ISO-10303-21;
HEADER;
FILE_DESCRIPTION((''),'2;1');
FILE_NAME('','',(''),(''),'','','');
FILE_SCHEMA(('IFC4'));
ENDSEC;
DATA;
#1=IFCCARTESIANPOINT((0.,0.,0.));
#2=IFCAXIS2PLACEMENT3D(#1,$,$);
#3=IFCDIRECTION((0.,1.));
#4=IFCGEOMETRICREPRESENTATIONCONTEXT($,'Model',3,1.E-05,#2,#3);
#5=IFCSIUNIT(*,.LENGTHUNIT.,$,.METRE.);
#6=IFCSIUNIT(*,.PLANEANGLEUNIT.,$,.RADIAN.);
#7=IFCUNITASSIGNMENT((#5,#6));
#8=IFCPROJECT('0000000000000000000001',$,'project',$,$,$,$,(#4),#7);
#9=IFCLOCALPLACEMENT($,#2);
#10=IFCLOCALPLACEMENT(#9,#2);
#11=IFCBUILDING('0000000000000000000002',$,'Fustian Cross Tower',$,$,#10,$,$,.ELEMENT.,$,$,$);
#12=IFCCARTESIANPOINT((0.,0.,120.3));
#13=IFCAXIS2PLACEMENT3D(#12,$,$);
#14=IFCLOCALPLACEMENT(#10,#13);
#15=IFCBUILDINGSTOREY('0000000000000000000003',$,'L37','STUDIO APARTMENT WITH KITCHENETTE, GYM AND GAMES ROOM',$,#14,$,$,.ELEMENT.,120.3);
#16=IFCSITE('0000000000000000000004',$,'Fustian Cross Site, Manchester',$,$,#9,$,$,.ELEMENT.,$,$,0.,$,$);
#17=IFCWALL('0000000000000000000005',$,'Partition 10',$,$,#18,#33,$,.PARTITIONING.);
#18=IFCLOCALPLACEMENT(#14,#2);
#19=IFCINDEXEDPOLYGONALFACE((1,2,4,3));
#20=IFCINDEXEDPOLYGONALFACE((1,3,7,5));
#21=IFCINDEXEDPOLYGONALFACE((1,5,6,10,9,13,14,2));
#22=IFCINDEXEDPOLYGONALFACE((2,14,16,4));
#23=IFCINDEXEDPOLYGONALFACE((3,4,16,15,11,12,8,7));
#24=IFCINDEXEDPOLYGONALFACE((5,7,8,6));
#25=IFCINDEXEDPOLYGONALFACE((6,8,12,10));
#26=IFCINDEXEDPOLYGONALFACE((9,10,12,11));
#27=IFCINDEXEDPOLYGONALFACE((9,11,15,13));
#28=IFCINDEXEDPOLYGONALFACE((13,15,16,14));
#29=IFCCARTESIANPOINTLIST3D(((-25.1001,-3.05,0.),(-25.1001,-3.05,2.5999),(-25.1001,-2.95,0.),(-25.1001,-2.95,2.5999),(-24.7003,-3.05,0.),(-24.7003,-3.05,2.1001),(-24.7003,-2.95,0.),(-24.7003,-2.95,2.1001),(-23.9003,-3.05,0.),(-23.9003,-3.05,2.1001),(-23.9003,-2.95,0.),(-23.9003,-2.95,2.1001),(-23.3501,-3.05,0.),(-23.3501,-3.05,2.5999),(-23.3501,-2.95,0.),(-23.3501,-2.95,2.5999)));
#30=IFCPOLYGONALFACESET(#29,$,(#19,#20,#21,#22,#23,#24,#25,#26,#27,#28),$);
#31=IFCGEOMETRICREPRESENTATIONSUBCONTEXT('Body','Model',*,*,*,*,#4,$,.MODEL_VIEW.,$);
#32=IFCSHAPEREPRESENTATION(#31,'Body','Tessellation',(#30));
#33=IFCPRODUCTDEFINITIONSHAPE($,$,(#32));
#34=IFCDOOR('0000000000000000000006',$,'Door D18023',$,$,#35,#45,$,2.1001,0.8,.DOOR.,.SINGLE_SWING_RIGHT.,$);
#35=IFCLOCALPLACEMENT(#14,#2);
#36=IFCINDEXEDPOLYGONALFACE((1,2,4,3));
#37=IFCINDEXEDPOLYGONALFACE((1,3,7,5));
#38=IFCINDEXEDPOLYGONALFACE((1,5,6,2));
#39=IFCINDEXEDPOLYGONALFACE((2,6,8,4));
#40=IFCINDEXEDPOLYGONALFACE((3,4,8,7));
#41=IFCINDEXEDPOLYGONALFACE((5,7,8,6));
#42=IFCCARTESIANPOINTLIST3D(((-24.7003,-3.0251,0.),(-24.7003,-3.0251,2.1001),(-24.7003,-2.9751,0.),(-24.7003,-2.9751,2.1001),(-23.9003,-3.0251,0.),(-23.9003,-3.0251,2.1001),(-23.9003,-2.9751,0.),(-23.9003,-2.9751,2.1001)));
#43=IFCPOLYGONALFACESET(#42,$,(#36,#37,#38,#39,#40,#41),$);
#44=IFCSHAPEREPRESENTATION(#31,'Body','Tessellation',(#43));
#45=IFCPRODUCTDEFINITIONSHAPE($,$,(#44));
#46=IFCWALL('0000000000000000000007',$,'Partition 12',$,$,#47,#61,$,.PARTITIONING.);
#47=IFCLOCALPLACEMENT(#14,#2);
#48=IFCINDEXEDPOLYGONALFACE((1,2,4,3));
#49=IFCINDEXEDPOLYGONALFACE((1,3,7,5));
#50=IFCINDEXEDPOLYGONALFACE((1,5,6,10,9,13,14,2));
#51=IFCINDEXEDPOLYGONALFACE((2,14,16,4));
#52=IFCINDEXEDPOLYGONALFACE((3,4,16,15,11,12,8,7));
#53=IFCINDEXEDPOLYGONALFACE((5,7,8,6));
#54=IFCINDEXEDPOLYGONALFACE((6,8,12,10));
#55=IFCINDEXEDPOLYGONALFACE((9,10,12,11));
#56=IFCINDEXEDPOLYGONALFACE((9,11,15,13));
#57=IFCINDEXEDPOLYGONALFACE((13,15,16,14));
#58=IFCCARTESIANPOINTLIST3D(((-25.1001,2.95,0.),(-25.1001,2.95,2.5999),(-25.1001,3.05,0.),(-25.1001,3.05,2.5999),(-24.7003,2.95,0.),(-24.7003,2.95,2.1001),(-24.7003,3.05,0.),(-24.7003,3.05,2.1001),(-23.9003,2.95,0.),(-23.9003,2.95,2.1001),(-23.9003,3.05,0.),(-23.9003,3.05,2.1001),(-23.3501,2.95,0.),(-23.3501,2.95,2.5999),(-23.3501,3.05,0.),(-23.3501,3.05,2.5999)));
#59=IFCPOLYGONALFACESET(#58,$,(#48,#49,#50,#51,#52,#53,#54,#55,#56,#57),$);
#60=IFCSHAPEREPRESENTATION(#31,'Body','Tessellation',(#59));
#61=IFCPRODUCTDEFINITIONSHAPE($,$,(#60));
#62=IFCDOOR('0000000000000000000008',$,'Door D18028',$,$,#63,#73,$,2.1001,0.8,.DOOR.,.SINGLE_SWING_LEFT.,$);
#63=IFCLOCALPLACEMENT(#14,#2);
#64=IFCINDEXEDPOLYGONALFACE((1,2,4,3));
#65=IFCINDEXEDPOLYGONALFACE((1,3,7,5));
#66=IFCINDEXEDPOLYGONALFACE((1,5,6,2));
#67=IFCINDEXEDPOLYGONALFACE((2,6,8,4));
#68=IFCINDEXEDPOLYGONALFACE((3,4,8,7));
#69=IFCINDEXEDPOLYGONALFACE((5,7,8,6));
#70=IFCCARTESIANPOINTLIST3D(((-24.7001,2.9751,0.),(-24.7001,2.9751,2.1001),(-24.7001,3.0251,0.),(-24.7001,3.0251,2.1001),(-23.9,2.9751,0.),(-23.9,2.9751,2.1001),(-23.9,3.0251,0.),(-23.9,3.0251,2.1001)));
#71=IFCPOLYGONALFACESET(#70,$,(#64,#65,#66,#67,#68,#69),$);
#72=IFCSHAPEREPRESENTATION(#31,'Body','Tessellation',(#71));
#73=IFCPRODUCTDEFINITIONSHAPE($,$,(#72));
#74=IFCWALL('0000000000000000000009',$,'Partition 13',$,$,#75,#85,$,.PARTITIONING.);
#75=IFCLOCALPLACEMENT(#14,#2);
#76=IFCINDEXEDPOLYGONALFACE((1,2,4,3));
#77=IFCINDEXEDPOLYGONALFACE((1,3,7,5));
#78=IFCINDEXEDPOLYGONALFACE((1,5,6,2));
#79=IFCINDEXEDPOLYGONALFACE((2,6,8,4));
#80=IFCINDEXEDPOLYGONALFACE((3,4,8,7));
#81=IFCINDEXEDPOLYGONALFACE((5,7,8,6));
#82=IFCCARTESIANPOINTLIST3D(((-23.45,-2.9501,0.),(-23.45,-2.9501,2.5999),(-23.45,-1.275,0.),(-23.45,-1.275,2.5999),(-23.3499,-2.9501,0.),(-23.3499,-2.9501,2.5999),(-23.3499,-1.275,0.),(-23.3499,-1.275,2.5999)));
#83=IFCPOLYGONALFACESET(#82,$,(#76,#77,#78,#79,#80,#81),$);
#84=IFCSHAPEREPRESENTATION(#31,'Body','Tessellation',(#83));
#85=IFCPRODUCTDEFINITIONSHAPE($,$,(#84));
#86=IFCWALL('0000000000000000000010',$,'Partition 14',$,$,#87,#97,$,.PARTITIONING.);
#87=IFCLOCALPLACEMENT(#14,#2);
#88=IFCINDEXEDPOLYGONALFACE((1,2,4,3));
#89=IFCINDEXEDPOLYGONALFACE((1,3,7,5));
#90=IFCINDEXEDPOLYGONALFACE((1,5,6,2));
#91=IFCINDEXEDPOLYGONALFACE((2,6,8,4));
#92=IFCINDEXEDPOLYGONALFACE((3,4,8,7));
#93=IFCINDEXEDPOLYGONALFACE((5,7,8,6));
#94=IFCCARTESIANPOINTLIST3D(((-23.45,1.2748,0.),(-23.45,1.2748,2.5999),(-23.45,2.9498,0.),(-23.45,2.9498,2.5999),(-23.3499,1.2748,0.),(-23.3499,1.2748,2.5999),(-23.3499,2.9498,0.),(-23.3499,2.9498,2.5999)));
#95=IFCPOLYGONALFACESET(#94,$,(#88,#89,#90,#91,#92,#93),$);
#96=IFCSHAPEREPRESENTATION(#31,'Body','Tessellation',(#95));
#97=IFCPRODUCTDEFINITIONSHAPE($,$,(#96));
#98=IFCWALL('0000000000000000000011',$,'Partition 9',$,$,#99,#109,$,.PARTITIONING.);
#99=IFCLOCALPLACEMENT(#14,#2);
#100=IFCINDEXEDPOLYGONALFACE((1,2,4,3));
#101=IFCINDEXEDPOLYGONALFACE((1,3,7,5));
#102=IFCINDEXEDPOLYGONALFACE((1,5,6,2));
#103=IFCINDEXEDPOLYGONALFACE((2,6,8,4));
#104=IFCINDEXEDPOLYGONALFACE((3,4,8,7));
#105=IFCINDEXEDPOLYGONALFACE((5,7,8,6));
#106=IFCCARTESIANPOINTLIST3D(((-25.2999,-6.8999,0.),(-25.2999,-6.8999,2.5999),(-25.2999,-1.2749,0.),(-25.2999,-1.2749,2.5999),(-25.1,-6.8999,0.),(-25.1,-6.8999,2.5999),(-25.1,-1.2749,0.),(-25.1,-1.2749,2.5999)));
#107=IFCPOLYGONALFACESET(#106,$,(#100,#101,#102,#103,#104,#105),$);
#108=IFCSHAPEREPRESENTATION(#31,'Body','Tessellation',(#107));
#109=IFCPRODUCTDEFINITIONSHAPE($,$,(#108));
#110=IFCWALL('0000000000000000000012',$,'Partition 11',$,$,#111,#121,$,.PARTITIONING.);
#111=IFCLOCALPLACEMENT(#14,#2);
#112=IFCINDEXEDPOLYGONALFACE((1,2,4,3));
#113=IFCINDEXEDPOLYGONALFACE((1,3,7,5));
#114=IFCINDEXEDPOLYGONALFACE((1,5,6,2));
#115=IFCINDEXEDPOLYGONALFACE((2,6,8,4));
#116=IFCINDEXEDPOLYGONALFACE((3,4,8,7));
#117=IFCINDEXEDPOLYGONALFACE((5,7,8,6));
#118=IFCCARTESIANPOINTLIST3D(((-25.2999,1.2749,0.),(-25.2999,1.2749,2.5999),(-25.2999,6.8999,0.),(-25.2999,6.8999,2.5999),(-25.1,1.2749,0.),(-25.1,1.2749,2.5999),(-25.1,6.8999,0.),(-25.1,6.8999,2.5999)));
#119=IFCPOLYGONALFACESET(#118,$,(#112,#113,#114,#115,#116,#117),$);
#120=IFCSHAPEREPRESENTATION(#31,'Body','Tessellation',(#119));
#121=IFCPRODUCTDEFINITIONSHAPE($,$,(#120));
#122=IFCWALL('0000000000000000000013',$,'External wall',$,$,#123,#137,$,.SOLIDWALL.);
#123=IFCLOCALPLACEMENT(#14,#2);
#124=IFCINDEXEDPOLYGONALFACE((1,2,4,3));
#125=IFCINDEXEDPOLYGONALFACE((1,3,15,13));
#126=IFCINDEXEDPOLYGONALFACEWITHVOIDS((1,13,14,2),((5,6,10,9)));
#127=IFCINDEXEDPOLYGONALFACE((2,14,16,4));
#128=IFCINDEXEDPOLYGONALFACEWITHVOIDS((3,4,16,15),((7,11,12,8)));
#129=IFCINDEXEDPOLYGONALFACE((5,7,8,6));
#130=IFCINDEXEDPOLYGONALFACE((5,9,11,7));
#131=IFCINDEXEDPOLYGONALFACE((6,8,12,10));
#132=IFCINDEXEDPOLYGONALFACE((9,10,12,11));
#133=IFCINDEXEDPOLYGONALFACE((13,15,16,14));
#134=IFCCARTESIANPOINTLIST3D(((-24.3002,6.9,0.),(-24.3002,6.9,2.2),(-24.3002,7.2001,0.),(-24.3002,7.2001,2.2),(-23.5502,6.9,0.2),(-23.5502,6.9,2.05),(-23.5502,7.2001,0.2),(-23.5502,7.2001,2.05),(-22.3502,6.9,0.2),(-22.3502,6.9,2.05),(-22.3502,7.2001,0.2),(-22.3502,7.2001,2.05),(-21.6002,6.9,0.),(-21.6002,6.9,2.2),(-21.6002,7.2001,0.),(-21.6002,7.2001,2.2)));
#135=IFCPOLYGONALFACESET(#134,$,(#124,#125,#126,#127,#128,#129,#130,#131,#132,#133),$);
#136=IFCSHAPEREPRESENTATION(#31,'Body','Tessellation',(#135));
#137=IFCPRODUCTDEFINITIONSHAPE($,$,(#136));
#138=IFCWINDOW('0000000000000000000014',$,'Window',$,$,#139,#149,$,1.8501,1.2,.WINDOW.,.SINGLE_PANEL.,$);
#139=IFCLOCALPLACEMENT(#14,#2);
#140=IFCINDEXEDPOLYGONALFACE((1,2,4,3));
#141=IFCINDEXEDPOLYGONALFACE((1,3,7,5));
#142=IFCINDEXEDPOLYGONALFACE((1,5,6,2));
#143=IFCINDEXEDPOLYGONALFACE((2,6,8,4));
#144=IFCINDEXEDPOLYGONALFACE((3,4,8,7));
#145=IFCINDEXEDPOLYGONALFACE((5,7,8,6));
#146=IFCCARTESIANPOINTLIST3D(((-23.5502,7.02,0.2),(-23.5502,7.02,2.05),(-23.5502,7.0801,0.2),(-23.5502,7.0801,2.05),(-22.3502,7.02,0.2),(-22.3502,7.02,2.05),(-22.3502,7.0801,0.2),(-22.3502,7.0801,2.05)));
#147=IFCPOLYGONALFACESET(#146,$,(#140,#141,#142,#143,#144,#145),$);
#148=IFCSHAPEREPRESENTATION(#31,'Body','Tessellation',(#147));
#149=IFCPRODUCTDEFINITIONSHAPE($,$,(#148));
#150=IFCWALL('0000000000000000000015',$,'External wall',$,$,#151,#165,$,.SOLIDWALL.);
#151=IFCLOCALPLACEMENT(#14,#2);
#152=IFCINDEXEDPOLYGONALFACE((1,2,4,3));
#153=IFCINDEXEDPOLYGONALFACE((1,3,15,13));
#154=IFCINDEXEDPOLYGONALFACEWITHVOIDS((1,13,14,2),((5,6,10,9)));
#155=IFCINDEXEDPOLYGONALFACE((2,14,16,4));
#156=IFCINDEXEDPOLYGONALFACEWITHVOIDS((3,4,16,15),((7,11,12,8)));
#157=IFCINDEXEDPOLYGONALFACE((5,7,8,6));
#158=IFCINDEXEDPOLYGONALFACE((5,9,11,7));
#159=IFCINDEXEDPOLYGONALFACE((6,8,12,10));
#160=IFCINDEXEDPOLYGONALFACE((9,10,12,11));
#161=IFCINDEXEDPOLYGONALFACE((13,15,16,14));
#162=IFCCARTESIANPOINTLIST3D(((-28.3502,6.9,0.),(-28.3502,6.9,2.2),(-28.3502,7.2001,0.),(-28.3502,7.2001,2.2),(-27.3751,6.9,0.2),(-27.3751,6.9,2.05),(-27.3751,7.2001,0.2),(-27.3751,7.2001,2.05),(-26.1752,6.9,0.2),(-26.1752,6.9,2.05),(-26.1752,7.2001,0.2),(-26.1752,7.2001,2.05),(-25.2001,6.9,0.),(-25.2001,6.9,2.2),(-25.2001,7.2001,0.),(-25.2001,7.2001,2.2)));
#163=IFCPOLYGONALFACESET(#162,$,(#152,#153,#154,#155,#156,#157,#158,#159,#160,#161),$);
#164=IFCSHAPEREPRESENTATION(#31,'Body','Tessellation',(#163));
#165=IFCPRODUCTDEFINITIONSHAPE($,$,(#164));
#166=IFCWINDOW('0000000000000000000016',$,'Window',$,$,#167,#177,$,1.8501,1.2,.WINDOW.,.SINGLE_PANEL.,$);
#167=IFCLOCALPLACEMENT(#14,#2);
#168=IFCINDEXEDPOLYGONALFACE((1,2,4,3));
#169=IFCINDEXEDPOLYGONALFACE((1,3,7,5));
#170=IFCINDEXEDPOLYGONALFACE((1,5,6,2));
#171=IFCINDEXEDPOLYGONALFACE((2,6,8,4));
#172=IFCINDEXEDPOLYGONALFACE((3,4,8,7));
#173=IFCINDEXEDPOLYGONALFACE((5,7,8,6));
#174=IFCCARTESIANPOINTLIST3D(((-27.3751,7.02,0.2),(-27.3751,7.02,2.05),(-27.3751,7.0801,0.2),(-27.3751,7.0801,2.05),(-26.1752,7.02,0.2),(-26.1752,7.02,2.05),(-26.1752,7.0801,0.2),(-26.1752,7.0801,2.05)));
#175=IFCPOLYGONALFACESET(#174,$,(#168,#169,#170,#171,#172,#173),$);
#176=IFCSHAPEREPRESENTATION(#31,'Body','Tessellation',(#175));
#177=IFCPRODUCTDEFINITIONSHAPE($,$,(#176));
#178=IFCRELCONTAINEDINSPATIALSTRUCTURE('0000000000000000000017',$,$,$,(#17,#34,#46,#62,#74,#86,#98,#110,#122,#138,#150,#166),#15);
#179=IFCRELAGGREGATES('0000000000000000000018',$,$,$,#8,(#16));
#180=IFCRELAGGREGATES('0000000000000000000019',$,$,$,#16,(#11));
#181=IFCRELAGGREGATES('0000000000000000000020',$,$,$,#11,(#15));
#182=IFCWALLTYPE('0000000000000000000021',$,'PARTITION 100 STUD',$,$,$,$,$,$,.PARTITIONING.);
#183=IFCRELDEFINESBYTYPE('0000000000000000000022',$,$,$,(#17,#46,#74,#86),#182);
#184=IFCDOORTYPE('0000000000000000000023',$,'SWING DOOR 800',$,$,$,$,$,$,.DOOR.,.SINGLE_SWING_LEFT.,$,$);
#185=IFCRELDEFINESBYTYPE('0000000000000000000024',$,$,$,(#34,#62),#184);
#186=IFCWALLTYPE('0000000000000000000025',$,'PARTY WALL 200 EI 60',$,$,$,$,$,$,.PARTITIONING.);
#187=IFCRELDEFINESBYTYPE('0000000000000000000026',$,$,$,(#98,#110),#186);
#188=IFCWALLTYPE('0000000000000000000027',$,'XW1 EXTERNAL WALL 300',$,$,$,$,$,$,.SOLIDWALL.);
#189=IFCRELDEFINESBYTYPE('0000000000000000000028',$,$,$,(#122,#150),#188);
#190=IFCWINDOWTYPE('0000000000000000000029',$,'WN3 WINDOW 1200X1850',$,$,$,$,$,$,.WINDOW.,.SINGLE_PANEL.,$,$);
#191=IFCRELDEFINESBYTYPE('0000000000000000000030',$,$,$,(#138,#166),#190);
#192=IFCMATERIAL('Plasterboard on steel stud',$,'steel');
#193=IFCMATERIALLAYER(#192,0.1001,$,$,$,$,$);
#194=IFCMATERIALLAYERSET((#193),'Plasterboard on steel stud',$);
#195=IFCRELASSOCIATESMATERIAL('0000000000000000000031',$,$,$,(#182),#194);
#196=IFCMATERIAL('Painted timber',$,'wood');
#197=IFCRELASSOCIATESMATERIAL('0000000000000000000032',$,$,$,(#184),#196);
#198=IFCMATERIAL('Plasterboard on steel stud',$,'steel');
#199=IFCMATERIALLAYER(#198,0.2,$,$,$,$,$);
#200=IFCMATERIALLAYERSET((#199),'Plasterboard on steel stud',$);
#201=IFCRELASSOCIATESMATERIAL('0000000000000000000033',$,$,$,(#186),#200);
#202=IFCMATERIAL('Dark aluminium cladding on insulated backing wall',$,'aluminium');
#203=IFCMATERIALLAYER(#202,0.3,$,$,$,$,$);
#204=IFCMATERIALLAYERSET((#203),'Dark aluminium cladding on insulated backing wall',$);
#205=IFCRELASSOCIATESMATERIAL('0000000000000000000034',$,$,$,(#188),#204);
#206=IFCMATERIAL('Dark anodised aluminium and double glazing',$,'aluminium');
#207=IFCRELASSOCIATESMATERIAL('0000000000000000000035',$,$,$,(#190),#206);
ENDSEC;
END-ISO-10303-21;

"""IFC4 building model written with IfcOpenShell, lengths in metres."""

from ifc_helpers import new_model, si_unit, direction, frame, frame_2d, origin, place, context, subcontext, project, spatial, rectangle, extrude, material, layer, layer_set, type_object, element, fill, save


model = new_model("IFC4")

# Units and contexts
model_context = context("Model", 3, precision=1e-05, world=origin(), true_north=direction((0.0, 1.0)))
body_context = subcontext(model_context, "Body", "Model", "MODEL_VIEW")
ifc_project = project(units=[si_unit("LENGTHUNIT", "METRE"), si_unit("PLANEANGLEUNIT", "RADIAN")], contexts=[model_context])

# Site, building, storey
site_placement = place(None, origin())
site = spatial("IfcSite", under=ifc_project, at=site_placement, Name="Fustian Cross Site, Manchester", CompositionType="ELEMENT", RefElevation=0.0)
building_placement = place(site_placement, origin())
building = spatial("IfcBuilding", under=site, at=building_placement, Name="Fustian Cross Tower", CompositionType="ELEMENT")
storey_placement = place(building_placement, frame((0.0, 0.0, 120.3)))
storey = spatial("IfcBuildingStorey", under=building, at=storey_placement, Name="L37", Description="STUDIO APARTMENT WITH KITCHENETTE, GYM AND GAMES ROOM", CompositionType="ELEMENT", Elevation=120.3)

# Shared definitions
ifc_material_1 = material(Name="Plasterboard on steel stud", Category="steel")
ifc_layer_1 = layer(ifc_material_1, 0.1001)
ifc_layer_set_1 = layer_set([ifc_layer_1], Name="Plasterboard on steel stud")
wall_type_1 = type_object("IfcWallType", Name="PARTITION 100 STUD", PredefinedType="PARTITIONING", material=ifc_layer_set_1)
ifc_material_2 = material(Name="Painted timber", Category="wood")
door_type = type_object("IfcDoorType", Name="SWING DOOR 800", OperationType="SINGLE_SWING_LEFT", PredefinedType="DOOR", material=ifc_material_2)

# Walls, openings, doors
wall_1_placement = place(storey_placement, frame((-25.1001, -3.0, 0.0), z_axis=(0.0, 0.0, 1.0), x_axis=(1.0, 0.0, 0.0)))
wall_1 = element("IfcWall", 1, at=wall_1_placement, inside=storey, type_object=wall_type_1, Name="Partition 10", PredefinedType="PARTITIONING", context=body_context, shape_type="SweptSolid", body=[
    extrude(rectangle(XDim=1.75, YDim=0.1001, at=frame_2d((0.875, 0.0))), origin(), (0.0, 0.0, 1.0), 2.5999),
])
opening_1_placement = place(wall_1_placement, frame((0.3999, 0.0, 0.0)))
opening_1 = element("IfcOpeningElement", 2, at=opening_1_placement, cuts=wall_1, PredefinedType="OPENING", context=body_context, shape_type="SweptSolid", body=[
    extrude(rectangle(XDim=0.8, YDim=2.1001, at=frame_2d((0.3999, 1.05))), frame((0.0, 0.0601, 0.0), z_axis=(0.0, -1.0, 0.0), x_axis=(1.0, 0.0, 0.0)), (0.0, 0.0, 1.0), 0.1201),
])
door_1_placement = place(opening_1_placement, origin())
door_1 = element("IfcDoor", 3, at=door_1_placement, inside=storey, type_object=door_type, Name="Door D18023", OperationType="SINGLE_SWING_RIGHT", OverallHeight=2.1001, OverallWidth=0.8, PredefinedType="DOOR", context=body_context, shape_type="SweptSolid", body=[
    extrude(rectangle(XDim=0.8, YDim=2.1001, at=frame_2d((0.3999, 1.05))), frame((0.0, 0.0249, 0.0), z_axis=(0.0, -1.0, 0.0), x_axis=(1.0, 0.0, 0.0)), (0.0, 0.0, 1.0), 0.05),
])
fill(opening_1, door_1)
wall_2_placement = place(storey_placement, frame((-25.1001, 3.0, 0.0), z_axis=(0.0, 0.0, 1.0), x_axis=(1.0, 0.0, 0.0)))
wall_2 = element("IfcWall", 4, at=wall_2_placement, inside=storey, type_object=wall_type_1, Name="Partition 12", PredefinedType="PARTITIONING", context=body_context, shape_type="SweptSolid", body=[
    extrude(rectangle(XDim=1.75, YDim=0.1001, at=frame_2d((0.875, 0.0))), origin(), (0.0, 0.0, 1.0), 2.5999),
])
opening_2_placement = place(wall_2_placement, frame((0.3999, 0.0, 0.0)))
opening_2 = element("IfcOpeningElement", 5, at=opening_2_placement, cuts=wall_2, PredefinedType="OPENING", context=body_context, shape_type="SweptSolid", body=[
    extrude(rectangle(XDim=0.8, YDim=2.1001, at=frame_2d((0.3999, 1.05))), frame((0.0, 0.0601, 0.0), z_axis=(0.0, -1.0, 0.0), x_axis=(1.0, 0.0, 0.0)), (0.0, 0.0, 1.0), 0.1201),
])
door_2_placement = place(opening_2_placement, frame((0.8, 0.0, 0.0), z_axis=(0.0, 0.0, 1.0), x_axis=(-1.0, 0.0, 0.0)))
door_2 = element("IfcDoor", 6, at=door_2_placement, inside=storey, type_object=door_type, Name="Door D18028", OperationType="SINGLE_SWING_LEFT", OverallHeight=2.1001, OverallWidth=0.8, PredefinedType="DOOR", context=body_context, shape_type="SweptSolid", body=[
    extrude(rectangle(XDim=0.8, YDim=2.1001, at=frame_2d((0.3999, 1.05))), frame((0.0, 0.0249, 0.0), z_axis=(0.0, -1.0, 0.0), x_axis=(1.0, 0.0, 0.0)), (0.0, 0.0, 1.0), 0.05),
])
fill(opening_2, door_2)

# Walls
for number, where, z_axis, x_axis, name in (
    (7, (-23.3999, -2.95, 0.0), (0.0, 0.0, 1.0), (0.0, 1.0, 0.0), "Partition 13"),
    (8, (-23.3999, 1.2749, 0.0), (0.0, 0.0, 1.0), (0.0, 1.0, 0.0), "Partition 14"),
):
    element("IfcWall", number, at=place(storey_placement, frame(where, z_axis=z_axis, x_axis=x_axis)), inside=storey, type_object=wall_type_1, Name=name, PredefinedType="PARTITIONING", context=body_context, shape_type="SweptSolid", body=[
        extrude(rectangle(XDim=1.675, YDim=0.1001, at=frame_2d((0.8374, 0.0))), origin(), (0.0, 0.0, 1.0), 2.5999),
    ])
ifc_material_3 = material(Name="Plasterboard on steel stud", Category="steel")
ifc_layer_2 = layer(ifc_material_3, 0.2)
ifc_layer_set_2 = layer_set([ifc_layer_2], Name="Plasterboard on steel stud")
wall_type_2 = type_object("IfcWallType", Name="PARTY WALL 200 EI 60", PredefinedType="PARTITIONING", material=ifc_layer_set_2)
for number, where, z_axis, x_axis, name in (
    (9, (-25.2, -6.8999, 0.0), (0.0, 0.0, 1.0), (0.0, 1.0, 0.0), "Partition 9"),
    (10, (-25.2, 1.2749, 0.0), (0.0, 0.0, 1.0), (0.0, 1.0, 0.0), "Partition 11"),
):
    element("IfcWall", number, at=place(storey_placement, frame(where, z_axis=z_axis, x_axis=x_axis)), inside=storey, type_object=wall_type_2, Name=name, PredefinedType="PARTITIONING", context=body_context, shape_type="SweptSolid", body=[
        extrude(rectangle(XDim=5.625, YDim=0.2, at=frame_2d((2.8125, 0.0))), origin(), (0.0, 0.0, 1.0), 2.5999),
    ])

# Walls, openings, windows
ifc_material_4 = material(Name="Dark aluminium cladding on insulated backing wall", Category="aluminium")
ifc_layer_3 = layer(ifc_material_4, 0.3)
ifc_layer_set_3 = layer_set([ifc_layer_3], Name="Dark aluminium cladding on insulated backing wall")
wall_type_3 = type_object("IfcWallType", Name="XW1 EXTERNAL WALL 300", PredefinedType="SOLIDWALL", material=ifc_layer_set_3)
wall_3_placement = place(storey_placement, frame((-21.6001, 7.05, 0.0), z_axis=(0.0, 0.0, 1.0), x_axis=(-1.0, 0.0, 0.0)))
wall_3 = element("IfcWall", 11, at=wall_3_placement, inside=storey, type_object=wall_type_3, Name="External wall", PredefinedType="SOLIDWALL", context=body_context, shape_type="SweptSolid", body=[
    extrude(rectangle(XDim=2.7, YDim=0.3, at=frame_2d((1.3501, 0.0))), origin(), (0.0, 0.0, 1.0), 2.2),
])
opening_3_placement = place(wall_3_placement, frame((0.75, 0.0, 0.2)))
opening_3 = element("IfcOpeningElement", 12, at=opening_3_placement, cuts=wall_3, PredefinedType="OPENING", context=body_context, shape_type="SweptSolid", body=[
    extrude(rectangle(XDim=1.2, YDim=1.8501, at=frame_2d((0.6001, 0.925))), frame((0.0, 0.1599, 0.0), z_axis=(0.0, -1.0, 0.0), x_axis=(1.0, 0.0, 0.0)), (0.0, 0.0, 1.0), 0.3201),
])
ifc_material_5 = material(Name="Dark anodised aluminium and double glazing", Category="aluminium")
window_type_1 = type_object("IfcWindowType", Name="WN3 WINDOW 1200X1850", PartitioningType="SINGLE_PANEL", PredefinedType="WINDOW", material=ifc_material_5)
window_1_placement = place(opening_3_placement, origin())
window_1 = element("IfcWindow", 13, at=window_1_placement, inside=storey, type_object=window_type_1, Name="Window", OverallHeight=1.8501, OverallWidth=1.2, PartitioningType="SINGLE_PANEL", PredefinedType="WINDOW", context=body_context, shape_type="SweptSolid", body=[
    extrude(rectangle(XDim=1.2, YDim=1.8501, at=frame_2d((0.6001, 0.925))), frame((0.0, 0.03, 0.0), z_axis=(0.0, -1.0, 0.0), x_axis=(1.0, 0.0, 0.0)), (0.0, 0.0, 1.0), 0.0601),
])
fill(opening_3, window_1)
wall_4_placement = place(storey_placement, frame((-25.2, 7.05, 0.0), z_axis=(0.0, 0.0, 1.0), x_axis=(-1.0, 0.0, 0.0)))
wall_4 = element("IfcWall", 14, at=wall_4_placement, inside=storey, type_object=wall_type_3, Name="External wall", PredefinedType="SOLIDWALL", context=body_context, shape_type="SweptSolid", body=[
    extrude(rectangle(XDim=3.1501, YDim=0.3, at=frame_2d((1.5752, 0.0))), origin(), (0.0, 0.0, 1.0), 2.2),
])
opening_4_placement = place(wall_4_placement, frame((0.9751, 0.0, 0.2)))
opening_4 = element("IfcOpeningElement", 15, at=opening_4_placement, cuts=wall_4, PredefinedType="OPENING", context=body_context, shape_type="SweptSolid", body=[
    extrude(rectangle(XDim=1.2, YDim=1.8501, at=frame_2d((0.6001, 0.925))), frame((0.0, 0.1599, 0.0), z_axis=(0.0, -1.0, 0.0), x_axis=(1.0, 0.0, 0.0)), (0.0, 0.0, 1.0), 0.3201),
])
window_2_placement = place(opening_4_placement, origin())
window_2 = element("IfcWindow", 16, at=window_2_placement, inside=storey, type_object=window_type_1, Name="Window", OverallHeight=1.8501, OverallWidth=1.2, PartitioningType="SINGLE_PANEL", PredefinedType="WINDOW", context=body_context, shape_type="SweptSolid", body=[
    extrude(rectangle(XDim=1.2, YDim=1.8501, at=frame_2d((0.6001, 0.925))), frame((0.0, 0.03, 0.0), z_axis=(0.0, -1.0, 0.0), x_axis=(1.0, 0.0, 0.0)), (0.0, 0.0, 1.0), 0.0601),
])
fill(opening_4, window_2)

save(model, "model.ifc")
